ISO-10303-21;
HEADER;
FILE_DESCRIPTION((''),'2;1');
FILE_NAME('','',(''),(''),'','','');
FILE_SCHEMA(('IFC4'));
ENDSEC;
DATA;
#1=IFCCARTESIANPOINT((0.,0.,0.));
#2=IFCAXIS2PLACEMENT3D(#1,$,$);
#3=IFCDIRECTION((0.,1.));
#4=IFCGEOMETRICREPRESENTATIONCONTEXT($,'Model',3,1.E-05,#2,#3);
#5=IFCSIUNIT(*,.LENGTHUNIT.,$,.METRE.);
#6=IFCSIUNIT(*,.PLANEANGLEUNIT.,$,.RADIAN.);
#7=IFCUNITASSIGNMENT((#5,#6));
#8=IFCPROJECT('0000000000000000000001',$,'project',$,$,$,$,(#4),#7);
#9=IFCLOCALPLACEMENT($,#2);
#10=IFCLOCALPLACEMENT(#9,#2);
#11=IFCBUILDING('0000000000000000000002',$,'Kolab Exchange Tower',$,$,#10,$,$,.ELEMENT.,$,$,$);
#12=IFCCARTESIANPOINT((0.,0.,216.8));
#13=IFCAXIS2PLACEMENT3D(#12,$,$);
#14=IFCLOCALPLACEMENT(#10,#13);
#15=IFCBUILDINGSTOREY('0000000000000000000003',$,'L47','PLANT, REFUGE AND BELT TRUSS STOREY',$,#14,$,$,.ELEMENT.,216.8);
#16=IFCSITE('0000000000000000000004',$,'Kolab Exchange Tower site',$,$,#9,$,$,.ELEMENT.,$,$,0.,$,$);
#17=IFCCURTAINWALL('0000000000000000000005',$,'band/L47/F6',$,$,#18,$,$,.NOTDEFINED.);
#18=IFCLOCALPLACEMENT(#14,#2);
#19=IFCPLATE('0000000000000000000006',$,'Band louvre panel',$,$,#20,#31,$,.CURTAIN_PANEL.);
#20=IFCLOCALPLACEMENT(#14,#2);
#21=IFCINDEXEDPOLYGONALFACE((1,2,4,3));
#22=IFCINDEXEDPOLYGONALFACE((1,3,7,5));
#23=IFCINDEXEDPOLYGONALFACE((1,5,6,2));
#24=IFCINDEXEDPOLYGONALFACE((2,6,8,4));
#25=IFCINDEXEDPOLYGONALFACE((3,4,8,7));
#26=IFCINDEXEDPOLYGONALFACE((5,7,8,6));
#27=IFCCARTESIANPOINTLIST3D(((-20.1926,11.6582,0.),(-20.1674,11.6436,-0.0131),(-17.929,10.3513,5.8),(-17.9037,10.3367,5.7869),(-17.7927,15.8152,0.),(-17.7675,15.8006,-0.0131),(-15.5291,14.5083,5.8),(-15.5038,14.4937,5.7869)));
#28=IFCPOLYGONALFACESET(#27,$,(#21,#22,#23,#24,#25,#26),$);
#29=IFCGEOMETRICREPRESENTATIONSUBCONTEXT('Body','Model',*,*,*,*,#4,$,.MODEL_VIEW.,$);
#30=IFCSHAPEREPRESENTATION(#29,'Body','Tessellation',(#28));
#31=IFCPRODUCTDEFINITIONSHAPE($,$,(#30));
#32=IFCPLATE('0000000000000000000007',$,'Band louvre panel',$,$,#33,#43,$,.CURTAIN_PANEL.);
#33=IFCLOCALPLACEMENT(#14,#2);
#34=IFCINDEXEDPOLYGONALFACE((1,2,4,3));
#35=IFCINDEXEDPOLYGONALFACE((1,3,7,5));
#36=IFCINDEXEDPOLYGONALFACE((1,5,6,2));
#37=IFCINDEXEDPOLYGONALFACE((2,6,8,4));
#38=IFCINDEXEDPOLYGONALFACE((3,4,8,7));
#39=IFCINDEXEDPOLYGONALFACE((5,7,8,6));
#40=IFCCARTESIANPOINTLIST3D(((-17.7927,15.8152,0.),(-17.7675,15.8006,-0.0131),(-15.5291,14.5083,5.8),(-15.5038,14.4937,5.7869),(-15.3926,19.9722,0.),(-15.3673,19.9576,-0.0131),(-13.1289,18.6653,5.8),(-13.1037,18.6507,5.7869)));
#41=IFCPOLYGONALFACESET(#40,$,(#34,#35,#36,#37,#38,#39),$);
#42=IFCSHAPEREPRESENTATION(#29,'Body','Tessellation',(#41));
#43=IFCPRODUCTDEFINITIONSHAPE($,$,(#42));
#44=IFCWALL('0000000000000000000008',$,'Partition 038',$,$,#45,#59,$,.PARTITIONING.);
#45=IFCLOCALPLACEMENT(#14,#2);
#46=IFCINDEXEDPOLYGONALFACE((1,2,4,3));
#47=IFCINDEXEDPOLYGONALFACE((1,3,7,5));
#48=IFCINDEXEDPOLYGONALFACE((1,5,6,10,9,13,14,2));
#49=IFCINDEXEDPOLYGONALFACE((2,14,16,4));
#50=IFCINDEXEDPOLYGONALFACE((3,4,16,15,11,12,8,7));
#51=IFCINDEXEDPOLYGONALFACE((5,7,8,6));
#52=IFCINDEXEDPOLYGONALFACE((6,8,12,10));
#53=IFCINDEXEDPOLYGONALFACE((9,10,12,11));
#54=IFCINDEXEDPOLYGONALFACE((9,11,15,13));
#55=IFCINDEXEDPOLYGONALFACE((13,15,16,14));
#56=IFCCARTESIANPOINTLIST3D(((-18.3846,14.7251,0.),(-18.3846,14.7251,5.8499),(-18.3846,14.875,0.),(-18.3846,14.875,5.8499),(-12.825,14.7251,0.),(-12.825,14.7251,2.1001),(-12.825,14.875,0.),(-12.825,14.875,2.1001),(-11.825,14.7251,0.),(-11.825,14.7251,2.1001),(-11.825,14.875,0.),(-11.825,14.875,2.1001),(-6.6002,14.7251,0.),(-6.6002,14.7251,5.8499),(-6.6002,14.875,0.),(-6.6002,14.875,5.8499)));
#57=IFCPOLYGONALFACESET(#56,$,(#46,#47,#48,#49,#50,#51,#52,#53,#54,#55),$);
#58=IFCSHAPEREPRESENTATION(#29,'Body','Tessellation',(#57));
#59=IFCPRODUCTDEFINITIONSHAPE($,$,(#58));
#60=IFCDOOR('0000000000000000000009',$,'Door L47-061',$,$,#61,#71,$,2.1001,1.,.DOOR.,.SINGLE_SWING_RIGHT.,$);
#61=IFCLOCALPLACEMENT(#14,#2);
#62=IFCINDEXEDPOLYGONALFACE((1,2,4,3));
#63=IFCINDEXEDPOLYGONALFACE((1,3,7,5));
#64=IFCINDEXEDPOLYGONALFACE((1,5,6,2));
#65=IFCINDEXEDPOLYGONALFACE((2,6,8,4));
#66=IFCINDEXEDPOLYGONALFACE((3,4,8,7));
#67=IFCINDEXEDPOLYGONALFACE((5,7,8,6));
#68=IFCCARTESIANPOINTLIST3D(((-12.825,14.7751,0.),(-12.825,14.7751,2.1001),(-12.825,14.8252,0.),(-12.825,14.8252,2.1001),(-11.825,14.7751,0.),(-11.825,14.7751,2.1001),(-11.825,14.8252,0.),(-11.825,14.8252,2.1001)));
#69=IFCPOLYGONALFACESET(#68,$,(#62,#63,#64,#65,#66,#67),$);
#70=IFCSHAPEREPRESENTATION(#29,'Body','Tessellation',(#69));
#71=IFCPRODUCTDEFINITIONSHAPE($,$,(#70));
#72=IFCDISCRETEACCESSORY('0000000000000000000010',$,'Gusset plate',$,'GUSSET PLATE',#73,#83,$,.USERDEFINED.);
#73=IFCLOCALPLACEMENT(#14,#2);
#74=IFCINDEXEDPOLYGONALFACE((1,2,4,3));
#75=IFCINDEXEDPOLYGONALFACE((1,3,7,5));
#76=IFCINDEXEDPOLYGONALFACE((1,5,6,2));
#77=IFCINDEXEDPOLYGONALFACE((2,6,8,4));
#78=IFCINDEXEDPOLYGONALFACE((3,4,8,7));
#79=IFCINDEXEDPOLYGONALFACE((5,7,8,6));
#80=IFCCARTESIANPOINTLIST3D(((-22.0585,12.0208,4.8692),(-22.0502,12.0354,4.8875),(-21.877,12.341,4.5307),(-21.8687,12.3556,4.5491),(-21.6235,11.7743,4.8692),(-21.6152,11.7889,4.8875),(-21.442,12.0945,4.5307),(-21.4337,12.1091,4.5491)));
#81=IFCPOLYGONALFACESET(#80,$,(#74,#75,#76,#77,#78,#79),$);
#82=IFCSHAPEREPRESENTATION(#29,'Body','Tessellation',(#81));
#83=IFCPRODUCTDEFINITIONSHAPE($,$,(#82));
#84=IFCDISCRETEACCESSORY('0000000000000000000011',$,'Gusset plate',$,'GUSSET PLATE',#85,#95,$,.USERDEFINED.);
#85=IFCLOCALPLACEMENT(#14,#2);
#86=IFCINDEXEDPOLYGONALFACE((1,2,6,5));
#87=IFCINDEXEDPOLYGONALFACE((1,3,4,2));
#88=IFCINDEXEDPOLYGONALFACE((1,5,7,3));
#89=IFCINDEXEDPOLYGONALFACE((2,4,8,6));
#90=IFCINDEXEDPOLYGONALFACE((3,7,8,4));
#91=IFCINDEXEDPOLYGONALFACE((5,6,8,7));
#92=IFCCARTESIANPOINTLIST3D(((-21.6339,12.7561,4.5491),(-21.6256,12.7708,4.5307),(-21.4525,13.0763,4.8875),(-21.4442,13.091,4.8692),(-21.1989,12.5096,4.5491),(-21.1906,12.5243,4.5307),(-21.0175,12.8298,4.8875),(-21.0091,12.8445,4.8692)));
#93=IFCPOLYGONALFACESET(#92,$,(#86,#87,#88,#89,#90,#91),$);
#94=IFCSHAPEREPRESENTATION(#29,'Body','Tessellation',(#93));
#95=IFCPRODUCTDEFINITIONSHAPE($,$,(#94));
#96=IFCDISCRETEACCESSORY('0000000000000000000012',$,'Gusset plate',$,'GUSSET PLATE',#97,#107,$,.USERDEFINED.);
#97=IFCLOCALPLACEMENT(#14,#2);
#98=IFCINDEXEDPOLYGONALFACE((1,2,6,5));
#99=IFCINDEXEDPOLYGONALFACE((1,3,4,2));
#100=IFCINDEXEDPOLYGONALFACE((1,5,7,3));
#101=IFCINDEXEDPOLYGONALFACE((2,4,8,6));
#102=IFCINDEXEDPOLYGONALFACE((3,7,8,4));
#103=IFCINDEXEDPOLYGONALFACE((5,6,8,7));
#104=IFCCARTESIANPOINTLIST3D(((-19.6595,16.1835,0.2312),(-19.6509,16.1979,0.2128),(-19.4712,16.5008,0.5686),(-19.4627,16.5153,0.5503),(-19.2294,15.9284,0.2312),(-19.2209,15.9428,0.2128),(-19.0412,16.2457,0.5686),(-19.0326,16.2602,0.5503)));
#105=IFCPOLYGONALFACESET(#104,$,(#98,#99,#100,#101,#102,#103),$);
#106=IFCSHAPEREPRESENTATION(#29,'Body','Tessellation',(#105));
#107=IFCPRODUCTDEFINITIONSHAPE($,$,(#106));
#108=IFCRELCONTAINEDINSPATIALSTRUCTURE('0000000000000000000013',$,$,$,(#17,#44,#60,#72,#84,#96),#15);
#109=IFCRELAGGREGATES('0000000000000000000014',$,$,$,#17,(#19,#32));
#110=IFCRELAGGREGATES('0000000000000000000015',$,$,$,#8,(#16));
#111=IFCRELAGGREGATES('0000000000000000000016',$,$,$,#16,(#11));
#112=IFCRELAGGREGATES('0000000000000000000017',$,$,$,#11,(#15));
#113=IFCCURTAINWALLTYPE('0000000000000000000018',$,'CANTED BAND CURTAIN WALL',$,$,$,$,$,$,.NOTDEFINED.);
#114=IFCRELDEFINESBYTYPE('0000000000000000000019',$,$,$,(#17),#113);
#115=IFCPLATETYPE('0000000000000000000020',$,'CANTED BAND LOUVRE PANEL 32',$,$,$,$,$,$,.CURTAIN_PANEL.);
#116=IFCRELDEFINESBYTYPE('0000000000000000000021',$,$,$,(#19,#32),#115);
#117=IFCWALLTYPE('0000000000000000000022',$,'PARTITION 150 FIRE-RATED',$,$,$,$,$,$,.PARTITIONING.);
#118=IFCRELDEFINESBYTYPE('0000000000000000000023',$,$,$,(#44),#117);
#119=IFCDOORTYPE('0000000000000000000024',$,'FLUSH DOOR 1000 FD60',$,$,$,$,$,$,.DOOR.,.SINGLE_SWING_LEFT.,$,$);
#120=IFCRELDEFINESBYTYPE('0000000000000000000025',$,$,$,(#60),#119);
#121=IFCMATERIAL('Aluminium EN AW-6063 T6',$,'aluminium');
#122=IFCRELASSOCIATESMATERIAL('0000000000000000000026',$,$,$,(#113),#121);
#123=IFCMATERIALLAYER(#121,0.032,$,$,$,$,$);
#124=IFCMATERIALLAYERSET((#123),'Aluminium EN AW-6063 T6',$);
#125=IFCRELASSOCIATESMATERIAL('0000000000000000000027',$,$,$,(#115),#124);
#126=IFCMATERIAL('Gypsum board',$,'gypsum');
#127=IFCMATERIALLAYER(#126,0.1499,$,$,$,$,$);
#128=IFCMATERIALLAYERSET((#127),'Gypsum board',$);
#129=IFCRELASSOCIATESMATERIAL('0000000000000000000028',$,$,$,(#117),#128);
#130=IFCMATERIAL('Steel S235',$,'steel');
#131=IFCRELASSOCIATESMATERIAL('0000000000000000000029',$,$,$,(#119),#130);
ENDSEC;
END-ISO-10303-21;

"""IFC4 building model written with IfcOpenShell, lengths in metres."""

from ifc_helpers import new_model, si_unit, direction, frame, frame_2d, origin, origin_2d, place, context, subcontext, project, spatial, polyline, rectangle, outline, extrude, material, layer, layer_set, type_object, element, fill, aggregate, save


model = new_model("IFC4")

# Units and contexts
model_context = context("Model", 3, precision=1e-05, world=origin(), true_north=direction((0.0, 1.0)))
body_context = subcontext(model_context, "Body", "Model", "MODEL_VIEW")
ifc_project = project(units=[si_unit("LENGTHUNIT", "METRE"), si_unit("PLANEANGLEUNIT", "RADIAN")], contexts=[model_context])

# Site, building, storey
site_placement = place(None, origin())
site = spatial("IfcSite", under=ifc_project, at=site_placement, Name="Kolab Exchange Tower site", CompositionType="ELEMENT", RefElevation=0.0)
building_placement = place(site_placement, origin())
building = spatial("IfcBuilding", under=site, at=building_placement, Name="Kolab Exchange Tower", CompositionType="ELEMENT")
storey_placement = place(building_placement, frame((0.0, 0.0, 216.8)))
storey = spatial("IfcBuildingStorey", under=building, at=storey_placement, Name="L47", Description="PLANT, REFUGE AND BELT TRUSS STOREY", CompositionType="ELEMENT", Elevation=216.8)

# Curtain wall
ifc_material_1 = material(Name="Aluminium EN AW-6063 T6", Category="aluminium")
curtain_wall_type = type_object("IfcCurtainWallType", Name="CANTED BAND CURTAIN WALL", PredefinedType="NOTDEFINED", material=ifc_material_1)
curtain_wall_placement = place(storey_placement, origin())
curtain_wall = element("IfcCurtainWall", 1, at=curtain_wall_placement, inside=storey, type_object=curtain_wall_type, Name="band/L47/F6", PredefinedType="NOTDEFINED")

# Plates
ifc_layer_1 = layer(ifc_material_1, 0.032)
ifc_layer_set_1 = layer_set([ifc_layer_1], Name="Aluminium EN AW-6063 T6")
plate_type = type_object("IfcPlateType", Name="CANTED BAND LOUVRE PANEL 32", PredefinedType="CURTAIN_PANEL", material=ifc_layer_set_1)
plate_1_placement = place(storey_placement, frame((-20.1926, 11.6582, 0.0), z_axis=(-0.789563, 0.45583, 0.410864), x_axis=(0.499979, 0.866037, 0.0)))
plate_1 = element("IfcPlate", 2, at=plate_1_placement, type_object=plate_type, Name="Band louvre panel", PredefinedType="CURTAIN_PANEL", context=body_context, shape_type="SweptSolid", body=[
    extrude(outline(polyline([(0.0, 0.0), (4.8, 0.0), (4.8, -6.3618), (0.0, -6.3618), (0.0, 0.0)])), origin(), (0.0, 0.0, -1.0), 0.032),
])
plate_2_placement = place(storey_placement, frame((-17.7927, 15.8152, 0.0), z_axis=(-0.789543, 0.455864, 0.410864), x_axis=(0.500017, 0.866015, 0.0)))
plate_2 = element("IfcPlate", 3, at=plate_2_placement, type_object=plate_type, Name="Band louvre panel", PredefinedType="CURTAIN_PANEL", context=body_context, shape_type="SweptSolid", body=[
    extrude(outline(polyline([(0.0, 0.0), (4.8001, 0.0), (4.8002, -6.3618), (0.0001, -6.3618), (0.0, 0.0)])), origin(), (0.0, 0.0, -1.0), 0.032),
])
aggregate(curtain_wall, [plate_1, plate_2])

# Wall, opening, door
ifc_material_2 = material(Name="Gypsum board", Category="gypsum")
ifc_layer_2 = layer(ifc_material_2, 0.1499)
ifc_layer_set_2 = layer_set([ifc_layer_2], Name="Gypsum board")
wall_type = type_object("IfcWallType", Name="PARTITION 150 FIRE-RATED", PredefinedType="PARTITIONING", material=ifc_layer_set_2)
wall_placement = place(storey_placement, frame((-18.3845, 14.8, 0.0), z_axis=(0.0, 0.0, 1.0), x_axis=(1.0, 0.0, 0.0)))
wall = element("IfcWall", 4, at=wall_placement, inside=storey, type_object=wall_type, Name="Partition 038", PredefinedType="PARTITIONING", context=body_context, shape_type="SweptSolid", body=[
    extrude(rectangle(XDim=11.7844, YDim=0.1499, at=frame_2d((5.8921, 0.0))), origin(), (0.0, 0.0, 1.0), 5.8499),
])
opening_placement = place(wall_placement, frame((5.5596, 0.0, 0.0)))
opening = element("IfcOpeningElement", 5, at=opening_placement, cuts=wall, PredefinedType="OPENING", context=body_context, shape_type="SweptSolid", body=[
    extrude(rectangle(XDim=1.0, YDim=2.1001, at=frame_2d((0.5, 1.05))), frame((0.0, 0.085, 0.0), z_axis=(0.0, -1.0, 0.0), x_axis=(1.0, 0.0, 0.0)), (0.0, 0.0, 1.0), 0.1699),
])
ifc_material_3 = material(Name="Steel S235", Category="steel")
door_type = type_object("IfcDoorType", Name="FLUSH DOOR 1000 FD60", OperationType="SINGLE_SWING_LEFT", PredefinedType="DOOR", material=ifc_material_3)
door_placement = place(opening_placement, frame((1.0, 0.0, 0.0), z_axis=(0.0, 0.0, 1.0), x_axis=(-1.0, 0.0, 0.0)))
door = element("IfcDoor", 6, at=door_placement, inside=storey, type_object=door_type, Name="Door L47-061", OperationType="SINGLE_SWING_RIGHT", OverallHeight=2.1001, OverallWidth=1.0, PredefinedType="DOOR", context=body_context, shape_type="SweptSolid", body=[
    extrude(rectangle(XDim=1.0, YDim=2.1001, at=frame_2d((0.5, 1.05))), frame((0.0, 0.0249, 0.0), z_axis=(0.0, -1.0, 0.0), x_axis=(1.0, 0.0, 0.0)), (0.0, 0.0, 1.0), 0.05),
])
fill(opening, door)

# Discrete accessories
for number, where, z_axis, x_axis, name in (
    (7, (-21.7502, 12.0576, 4.7), (0.333702, 0.588887, 0.736108), (-0.870022, 0.493013, 0.0), "Gusset plate"),
    (8, (-21.3174, 12.8076, 4.7), (-0.333702, -0.588887, 0.736108), (0.870022, -0.493013, 0.0), "Gusset plate"),
    (9, (-19.3503, 16.2146, 0.3999), (0.344347, 0.580471, -0.737887), (-0.860055, 0.510202, 0.0), "Gusset plate"),
):
    element("IfcDiscreteAccessory", number, at=place(storey_placement, frame(where, z_axis=z_axis, x_axis=x_axis)), inside=storey, Name=name, ObjectType="GUSSET PLATE", PredefinedType="USERDEFINED", context=body_context, shape_type="SweptSolid", body=[
        extrude(rectangle(XDim=0.5, YDim=0.5, at=origin_2d()), origin(), (0.0, 0.0, 1.0), 0.0249),
    ])

save(model, "model.ifc")
